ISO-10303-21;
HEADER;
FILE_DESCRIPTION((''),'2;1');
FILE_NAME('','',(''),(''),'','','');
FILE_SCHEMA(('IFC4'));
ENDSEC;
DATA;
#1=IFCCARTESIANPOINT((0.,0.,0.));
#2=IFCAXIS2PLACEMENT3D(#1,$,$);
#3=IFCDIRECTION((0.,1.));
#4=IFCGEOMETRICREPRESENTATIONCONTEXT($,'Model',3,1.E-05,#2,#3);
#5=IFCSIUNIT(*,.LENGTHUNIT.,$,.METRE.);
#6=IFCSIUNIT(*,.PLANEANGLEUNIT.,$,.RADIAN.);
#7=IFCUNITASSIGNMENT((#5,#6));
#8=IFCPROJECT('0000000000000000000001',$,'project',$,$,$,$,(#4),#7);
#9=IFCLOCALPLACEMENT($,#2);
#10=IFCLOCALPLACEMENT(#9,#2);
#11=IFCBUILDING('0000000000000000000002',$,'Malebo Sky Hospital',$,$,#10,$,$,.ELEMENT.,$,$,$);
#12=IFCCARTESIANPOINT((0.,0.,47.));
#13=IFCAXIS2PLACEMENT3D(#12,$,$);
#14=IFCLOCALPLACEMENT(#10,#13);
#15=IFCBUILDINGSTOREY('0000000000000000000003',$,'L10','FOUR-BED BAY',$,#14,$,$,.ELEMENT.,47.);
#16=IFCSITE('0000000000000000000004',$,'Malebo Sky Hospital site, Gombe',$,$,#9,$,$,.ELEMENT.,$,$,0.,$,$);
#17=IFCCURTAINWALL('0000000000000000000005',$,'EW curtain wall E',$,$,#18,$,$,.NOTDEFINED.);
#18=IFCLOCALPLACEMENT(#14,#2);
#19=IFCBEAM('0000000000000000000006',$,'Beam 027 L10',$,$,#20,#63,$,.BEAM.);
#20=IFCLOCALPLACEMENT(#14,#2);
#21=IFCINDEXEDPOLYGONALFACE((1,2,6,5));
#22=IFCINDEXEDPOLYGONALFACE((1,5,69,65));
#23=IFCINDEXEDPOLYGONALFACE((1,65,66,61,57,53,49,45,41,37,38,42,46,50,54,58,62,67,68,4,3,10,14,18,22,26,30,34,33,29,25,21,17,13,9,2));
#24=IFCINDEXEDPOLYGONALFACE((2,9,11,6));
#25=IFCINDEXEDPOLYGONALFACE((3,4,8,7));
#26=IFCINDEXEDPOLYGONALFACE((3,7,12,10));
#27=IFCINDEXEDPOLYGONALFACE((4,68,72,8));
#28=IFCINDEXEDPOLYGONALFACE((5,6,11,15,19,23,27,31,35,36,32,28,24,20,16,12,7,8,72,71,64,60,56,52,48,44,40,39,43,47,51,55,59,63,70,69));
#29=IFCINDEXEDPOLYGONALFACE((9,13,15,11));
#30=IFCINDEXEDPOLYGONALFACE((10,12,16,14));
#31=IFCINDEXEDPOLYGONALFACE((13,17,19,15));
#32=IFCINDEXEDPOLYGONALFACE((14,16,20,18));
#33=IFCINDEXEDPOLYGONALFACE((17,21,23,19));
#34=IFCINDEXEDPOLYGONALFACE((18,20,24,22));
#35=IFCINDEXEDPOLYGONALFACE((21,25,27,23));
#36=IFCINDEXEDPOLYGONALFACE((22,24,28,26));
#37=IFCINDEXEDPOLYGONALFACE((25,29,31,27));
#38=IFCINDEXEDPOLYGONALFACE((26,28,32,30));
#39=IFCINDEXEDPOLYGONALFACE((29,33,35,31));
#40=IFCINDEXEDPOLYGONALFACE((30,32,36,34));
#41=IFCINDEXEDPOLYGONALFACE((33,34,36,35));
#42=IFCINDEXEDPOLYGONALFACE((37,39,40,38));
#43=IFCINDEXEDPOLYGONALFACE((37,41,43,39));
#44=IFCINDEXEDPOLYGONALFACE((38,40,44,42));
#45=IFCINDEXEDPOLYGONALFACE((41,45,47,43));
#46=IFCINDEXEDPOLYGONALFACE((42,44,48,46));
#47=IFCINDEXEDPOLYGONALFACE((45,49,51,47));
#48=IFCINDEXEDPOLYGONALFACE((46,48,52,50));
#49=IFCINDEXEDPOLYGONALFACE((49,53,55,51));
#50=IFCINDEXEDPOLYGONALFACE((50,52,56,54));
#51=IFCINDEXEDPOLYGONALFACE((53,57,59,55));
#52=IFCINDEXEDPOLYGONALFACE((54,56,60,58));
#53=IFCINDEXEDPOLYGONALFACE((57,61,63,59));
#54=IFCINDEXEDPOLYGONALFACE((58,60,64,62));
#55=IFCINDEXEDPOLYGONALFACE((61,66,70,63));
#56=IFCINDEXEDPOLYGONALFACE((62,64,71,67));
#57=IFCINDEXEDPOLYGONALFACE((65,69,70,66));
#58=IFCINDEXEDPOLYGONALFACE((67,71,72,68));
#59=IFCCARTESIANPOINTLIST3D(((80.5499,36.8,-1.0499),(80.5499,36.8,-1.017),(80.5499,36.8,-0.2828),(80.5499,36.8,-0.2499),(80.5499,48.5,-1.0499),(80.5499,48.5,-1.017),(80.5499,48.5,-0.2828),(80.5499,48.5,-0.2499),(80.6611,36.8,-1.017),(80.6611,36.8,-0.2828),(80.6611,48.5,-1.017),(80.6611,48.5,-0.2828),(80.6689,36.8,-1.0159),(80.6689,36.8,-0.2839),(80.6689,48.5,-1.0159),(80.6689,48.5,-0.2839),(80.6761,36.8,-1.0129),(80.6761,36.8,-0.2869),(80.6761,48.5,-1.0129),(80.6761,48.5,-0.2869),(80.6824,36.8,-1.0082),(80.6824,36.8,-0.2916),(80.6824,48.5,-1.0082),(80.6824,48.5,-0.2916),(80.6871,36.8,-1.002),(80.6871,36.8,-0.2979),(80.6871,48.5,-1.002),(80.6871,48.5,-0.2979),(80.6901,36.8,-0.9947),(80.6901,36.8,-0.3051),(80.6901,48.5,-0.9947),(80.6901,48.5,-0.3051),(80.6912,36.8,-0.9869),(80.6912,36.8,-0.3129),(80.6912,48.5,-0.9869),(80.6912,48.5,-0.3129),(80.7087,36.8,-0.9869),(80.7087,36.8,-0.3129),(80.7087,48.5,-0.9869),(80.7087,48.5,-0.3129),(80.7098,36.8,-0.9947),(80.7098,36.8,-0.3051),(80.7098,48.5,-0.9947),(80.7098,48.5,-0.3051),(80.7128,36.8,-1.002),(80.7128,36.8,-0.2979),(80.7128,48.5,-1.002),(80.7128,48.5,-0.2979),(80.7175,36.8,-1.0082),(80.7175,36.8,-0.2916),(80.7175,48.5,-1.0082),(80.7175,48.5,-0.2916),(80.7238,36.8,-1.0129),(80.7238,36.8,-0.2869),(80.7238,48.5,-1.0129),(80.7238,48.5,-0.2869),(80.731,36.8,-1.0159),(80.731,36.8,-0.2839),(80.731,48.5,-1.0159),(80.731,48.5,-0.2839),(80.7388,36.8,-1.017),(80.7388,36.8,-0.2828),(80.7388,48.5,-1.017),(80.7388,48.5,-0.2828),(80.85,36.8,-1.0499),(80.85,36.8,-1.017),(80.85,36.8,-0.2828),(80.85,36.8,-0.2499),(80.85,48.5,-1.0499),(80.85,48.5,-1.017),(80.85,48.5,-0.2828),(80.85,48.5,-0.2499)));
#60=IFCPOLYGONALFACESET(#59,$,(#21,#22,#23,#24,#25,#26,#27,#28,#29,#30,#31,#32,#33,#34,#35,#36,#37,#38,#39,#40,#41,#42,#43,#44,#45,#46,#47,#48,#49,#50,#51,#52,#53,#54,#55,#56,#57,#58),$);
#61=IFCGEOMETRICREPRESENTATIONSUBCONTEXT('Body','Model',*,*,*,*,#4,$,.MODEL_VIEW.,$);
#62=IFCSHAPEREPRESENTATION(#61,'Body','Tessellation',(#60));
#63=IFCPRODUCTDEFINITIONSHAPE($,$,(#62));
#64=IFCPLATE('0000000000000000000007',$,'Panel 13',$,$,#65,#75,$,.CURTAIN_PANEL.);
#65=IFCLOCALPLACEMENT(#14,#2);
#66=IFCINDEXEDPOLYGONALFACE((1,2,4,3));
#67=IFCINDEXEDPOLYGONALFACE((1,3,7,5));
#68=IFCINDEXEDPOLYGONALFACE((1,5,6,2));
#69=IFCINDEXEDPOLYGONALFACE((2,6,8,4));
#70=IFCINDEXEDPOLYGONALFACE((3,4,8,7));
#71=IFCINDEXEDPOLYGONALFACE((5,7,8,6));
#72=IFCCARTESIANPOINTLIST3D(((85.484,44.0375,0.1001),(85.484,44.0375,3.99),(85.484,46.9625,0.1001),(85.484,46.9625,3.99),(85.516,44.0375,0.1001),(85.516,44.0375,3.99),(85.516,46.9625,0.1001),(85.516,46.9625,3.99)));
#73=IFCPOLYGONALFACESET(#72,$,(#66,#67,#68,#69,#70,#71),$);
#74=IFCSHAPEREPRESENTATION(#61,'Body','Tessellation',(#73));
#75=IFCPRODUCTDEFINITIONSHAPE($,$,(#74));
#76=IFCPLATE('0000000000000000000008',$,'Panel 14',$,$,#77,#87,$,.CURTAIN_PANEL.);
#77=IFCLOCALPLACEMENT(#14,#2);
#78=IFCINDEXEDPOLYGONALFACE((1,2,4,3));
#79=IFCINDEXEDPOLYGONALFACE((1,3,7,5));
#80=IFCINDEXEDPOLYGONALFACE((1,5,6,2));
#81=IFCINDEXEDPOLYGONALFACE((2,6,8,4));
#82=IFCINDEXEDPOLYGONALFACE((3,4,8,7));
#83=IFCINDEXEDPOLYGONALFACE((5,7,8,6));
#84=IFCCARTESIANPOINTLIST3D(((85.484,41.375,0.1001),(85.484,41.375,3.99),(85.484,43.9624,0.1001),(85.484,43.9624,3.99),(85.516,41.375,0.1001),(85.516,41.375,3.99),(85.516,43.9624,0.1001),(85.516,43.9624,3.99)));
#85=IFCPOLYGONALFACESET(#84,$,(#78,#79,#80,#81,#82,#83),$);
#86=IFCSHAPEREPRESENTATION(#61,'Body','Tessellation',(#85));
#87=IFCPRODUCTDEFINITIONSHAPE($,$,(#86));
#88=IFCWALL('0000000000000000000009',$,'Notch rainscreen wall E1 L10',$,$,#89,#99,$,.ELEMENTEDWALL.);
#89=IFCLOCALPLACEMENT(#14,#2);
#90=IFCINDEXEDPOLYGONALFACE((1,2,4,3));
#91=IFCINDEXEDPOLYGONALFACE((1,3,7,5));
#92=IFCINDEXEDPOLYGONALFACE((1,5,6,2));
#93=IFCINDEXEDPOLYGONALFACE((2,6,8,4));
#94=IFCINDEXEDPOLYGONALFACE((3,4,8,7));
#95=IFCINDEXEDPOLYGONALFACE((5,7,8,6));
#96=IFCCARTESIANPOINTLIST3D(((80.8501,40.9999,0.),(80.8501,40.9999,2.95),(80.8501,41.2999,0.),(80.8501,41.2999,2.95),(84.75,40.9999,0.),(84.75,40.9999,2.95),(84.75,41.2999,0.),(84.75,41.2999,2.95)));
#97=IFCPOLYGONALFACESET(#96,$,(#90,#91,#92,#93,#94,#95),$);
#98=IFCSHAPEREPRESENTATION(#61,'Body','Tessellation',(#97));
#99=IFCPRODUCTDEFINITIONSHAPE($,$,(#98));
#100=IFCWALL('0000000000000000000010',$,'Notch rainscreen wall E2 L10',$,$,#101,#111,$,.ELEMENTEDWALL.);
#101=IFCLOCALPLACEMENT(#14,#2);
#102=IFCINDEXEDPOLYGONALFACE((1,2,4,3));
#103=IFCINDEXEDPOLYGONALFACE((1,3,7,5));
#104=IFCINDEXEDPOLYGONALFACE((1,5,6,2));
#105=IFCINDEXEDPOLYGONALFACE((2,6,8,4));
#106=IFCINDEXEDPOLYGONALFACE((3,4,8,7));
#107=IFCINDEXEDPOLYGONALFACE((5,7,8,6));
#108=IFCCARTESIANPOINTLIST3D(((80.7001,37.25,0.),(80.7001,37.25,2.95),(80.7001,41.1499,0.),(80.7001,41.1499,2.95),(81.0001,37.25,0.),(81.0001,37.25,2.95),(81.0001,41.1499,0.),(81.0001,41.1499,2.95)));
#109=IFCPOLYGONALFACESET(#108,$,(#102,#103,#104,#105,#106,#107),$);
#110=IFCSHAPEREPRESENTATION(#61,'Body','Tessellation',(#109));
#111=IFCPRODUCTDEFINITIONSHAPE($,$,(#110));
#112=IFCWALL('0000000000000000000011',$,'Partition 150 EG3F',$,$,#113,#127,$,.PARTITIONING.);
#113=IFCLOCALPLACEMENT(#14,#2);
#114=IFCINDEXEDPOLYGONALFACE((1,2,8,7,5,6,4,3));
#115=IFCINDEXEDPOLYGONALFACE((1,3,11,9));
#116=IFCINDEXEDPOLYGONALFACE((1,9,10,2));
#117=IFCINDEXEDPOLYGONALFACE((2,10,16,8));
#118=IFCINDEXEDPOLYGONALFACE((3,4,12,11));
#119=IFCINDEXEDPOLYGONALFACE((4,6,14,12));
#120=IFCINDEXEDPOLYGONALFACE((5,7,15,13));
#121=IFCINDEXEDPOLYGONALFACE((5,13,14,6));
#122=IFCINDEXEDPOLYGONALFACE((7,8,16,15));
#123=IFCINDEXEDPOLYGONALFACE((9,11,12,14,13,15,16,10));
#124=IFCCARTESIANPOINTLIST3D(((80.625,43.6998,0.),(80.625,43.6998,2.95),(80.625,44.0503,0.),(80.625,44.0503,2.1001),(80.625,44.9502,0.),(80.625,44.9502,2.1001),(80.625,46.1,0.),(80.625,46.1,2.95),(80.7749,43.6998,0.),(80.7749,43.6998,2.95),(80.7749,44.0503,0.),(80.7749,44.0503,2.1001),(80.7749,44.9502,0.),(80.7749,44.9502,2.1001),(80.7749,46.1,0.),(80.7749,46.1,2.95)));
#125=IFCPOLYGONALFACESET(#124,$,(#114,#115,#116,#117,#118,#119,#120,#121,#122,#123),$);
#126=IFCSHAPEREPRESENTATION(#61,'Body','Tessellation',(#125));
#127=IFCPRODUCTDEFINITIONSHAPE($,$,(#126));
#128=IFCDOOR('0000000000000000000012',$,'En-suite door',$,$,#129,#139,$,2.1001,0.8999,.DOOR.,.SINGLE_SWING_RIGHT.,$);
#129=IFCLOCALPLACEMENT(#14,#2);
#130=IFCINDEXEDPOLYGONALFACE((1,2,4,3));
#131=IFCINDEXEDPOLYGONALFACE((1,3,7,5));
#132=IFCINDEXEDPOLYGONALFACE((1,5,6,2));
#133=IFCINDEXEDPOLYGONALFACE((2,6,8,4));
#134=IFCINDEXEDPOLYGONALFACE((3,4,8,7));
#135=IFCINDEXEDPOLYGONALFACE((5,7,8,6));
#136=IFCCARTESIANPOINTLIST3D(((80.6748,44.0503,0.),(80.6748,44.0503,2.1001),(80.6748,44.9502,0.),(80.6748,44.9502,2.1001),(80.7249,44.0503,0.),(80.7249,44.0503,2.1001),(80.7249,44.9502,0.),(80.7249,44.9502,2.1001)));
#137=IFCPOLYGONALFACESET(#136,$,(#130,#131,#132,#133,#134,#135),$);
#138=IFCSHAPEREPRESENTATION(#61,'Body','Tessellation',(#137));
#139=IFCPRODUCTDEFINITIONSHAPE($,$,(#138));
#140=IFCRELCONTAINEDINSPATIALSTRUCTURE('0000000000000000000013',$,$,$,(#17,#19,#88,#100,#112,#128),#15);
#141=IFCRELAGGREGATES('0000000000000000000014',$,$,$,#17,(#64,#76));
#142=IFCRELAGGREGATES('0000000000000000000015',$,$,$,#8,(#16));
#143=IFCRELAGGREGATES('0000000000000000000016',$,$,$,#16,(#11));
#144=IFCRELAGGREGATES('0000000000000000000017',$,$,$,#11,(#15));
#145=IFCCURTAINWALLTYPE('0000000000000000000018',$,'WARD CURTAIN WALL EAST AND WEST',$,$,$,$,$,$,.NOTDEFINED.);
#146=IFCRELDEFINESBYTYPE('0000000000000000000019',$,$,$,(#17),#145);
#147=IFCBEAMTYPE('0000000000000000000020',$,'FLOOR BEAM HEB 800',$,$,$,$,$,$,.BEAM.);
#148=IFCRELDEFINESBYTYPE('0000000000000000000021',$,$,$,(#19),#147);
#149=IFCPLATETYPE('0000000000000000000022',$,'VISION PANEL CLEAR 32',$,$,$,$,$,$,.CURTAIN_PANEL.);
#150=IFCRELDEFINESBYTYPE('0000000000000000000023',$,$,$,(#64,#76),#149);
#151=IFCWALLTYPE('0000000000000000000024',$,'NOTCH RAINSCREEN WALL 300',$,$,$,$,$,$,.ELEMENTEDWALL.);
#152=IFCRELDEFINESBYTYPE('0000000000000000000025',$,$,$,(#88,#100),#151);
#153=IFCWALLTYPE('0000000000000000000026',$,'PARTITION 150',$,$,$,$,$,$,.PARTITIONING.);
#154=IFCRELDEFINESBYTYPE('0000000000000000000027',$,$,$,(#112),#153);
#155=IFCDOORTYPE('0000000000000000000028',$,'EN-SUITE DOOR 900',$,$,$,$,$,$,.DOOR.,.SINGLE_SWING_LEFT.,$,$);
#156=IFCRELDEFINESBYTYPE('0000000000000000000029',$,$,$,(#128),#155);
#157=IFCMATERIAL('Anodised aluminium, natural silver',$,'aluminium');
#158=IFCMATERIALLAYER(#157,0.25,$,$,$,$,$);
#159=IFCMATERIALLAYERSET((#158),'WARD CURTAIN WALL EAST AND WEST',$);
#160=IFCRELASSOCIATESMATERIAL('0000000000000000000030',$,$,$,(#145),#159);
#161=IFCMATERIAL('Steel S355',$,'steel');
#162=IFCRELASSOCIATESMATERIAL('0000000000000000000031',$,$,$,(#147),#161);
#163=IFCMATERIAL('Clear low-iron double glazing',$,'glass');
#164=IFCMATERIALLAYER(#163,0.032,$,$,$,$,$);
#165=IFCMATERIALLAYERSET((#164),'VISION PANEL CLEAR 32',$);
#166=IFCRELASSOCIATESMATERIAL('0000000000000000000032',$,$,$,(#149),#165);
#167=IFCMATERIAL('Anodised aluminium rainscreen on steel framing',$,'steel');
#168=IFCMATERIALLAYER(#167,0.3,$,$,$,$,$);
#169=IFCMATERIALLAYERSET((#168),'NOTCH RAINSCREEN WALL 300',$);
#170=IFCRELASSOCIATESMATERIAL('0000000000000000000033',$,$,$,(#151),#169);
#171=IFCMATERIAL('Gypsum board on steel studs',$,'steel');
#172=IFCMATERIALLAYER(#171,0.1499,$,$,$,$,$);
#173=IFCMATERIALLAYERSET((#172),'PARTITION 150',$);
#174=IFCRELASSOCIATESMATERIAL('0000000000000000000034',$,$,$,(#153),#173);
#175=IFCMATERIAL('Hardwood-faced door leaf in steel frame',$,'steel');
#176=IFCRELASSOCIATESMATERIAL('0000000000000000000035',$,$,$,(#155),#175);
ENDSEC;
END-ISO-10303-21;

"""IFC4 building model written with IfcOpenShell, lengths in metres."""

from ifc_helpers import new_model, si_unit, direction, frame, frame_2d, origin, origin_2d, place, context, subcontext, project, spatial, rectangle, i_section, extrude, material, layer, layer_set, material_profile, profile_set, type_object, element, fill, aggregate, save


model = new_model("IFC4")

# Units and contexts
model_context = context("Model", 3, precision=1e-05, world=origin(), true_north=direction((0.0, 1.0)))
body_context = subcontext(model_context, "Body", "Model", "MODEL_VIEW")
ifc_project = project(units=[si_unit("LENGTHUNIT", "METRE"), si_unit("PLANEANGLEUNIT", "RADIAN")], contexts=[model_context])

# Site, building, storey
site_placement = place(None, origin())
site = spatial("IfcSite", under=ifc_project, at=site_placement, Name="Malebo Sky Hospital site, Gombe", CompositionType="ELEMENT", RefElevation=0.0)
building_placement = place(site_placement, origin())
building = spatial("IfcBuilding", under=site, at=building_placement, Name="Malebo Sky Hospital", CompositionType="ELEMENT")
storey_placement = place(building_placement, frame((0.0, 0.0, 47.0)))
storey = spatial("IfcBuildingStorey", under=building, at=storey_placement, Name="L10", Description="FOUR-BED BAY", CompositionType="ELEMENT", Elevation=47.0)

# Curtain wall
ifc_material_1 = material(Name="Anodised aluminium, natural silver", Category="aluminium")
ifc_layer_1 = layer(ifc_material_1, 0.25)
ifc_layer_set_1 = layer_set([ifc_layer_1], Name="WARD CURTAIN WALL EAST AND WEST")
curtain_wall_type_1 = type_object("IfcCurtainWallType", Name="WARD CURTAIN WALL EAST AND WEST", PredefinedType="NOTDEFINED", material=ifc_layer_set_1)
curtain_wall_1_placement = place(storey_placement, origin())
curtain_wall_1 = element("IfcCurtainWall", 1, at=curtain_wall_1_placement, inside=storey, type_object=curtain_wall_type_1, Name="EW curtain wall E", PredefinedType="NOTDEFINED")

# Beam
ifc_material_2 = material(Name="Steel S355", Category="steel")
ifc_material_profile_1 = material_profile(ifc_material_2, i_section(OverallWidth=0.3, OverallDepth=0.8, WebThickness=0.0176, FlangeThickness=0.033, FilletRadius=0.03, at=origin_2d()), Name="HEB 800")
ifc_profile_set_1 = profile_set([ifc_material_profile_1], Name="Steel S355")
beam_type_1 = type_object("IfcBeamType", Name="FLOOR BEAM HEB 800", PredefinedType="BEAM", material=ifc_profile_set_1)
beam_1_placement = place(storey_placement, frame((80.7, 36.8, -0.6499), z_axis=(0.0, 1.0, 0.0), x_axis=(-1.0, 0.0, 0.0)))
element("IfcBeam", 2, at=beam_1_placement, inside=storey, type_object=beam_type_1, Name="Beam 027 L10", PredefinedType="BEAM", context=body_context, shape_type="SweptSolid", body=[
    extrude(i_section(OverallWidth=0.3, OverallDepth=0.8, WebThickness=0.0176, FlangeThickness=0.033, FilletRadius=0.03, at=origin_2d()), origin(), (0.0, 0.0, 1.0), 11.7),
])

# Plates
ifc_material_3 = material(Name="Clear low-iron double glazing", Category="glass")
ifc_layer_2 = layer(ifc_material_3, 0.032)
ifc_layer_set_2 = layer_set([ifc_layer_2], Name="VISION PANEL CLEAR 32")
plate_type = type_object("IfcPlateType", Name="VISION PANEL CLEAR 32", PredefinedType="CURTAIN_PANEL", material=ifc_layer_set_2)
plate_1_placement = place(storey_placement, frame((85.5, 45.5, 0.1001), z_axis=(0.0, 0.0, 1.0), x_axis=(0.0, -1.0, 0.0)))
plate_1 = element("IfcPlate", 3, at=plate_1_placement, type_object=plate_type, Name="Panel 13", PredefinedType="CURTAIN_PANEL", context=body_context, shape_type="SweptSolid", body=[
    extrude(rectangle(XDim=2.925, YDim=0.032, at=origin_2d()), origin(), (0.0, 0.0, 1.0), 3.8899),
])
plate_2_placement = place(storey_placement, frame((85.5, 42.6687, 0.1001), z_axis=(0.0, 0.0, 1.0), x_axis=(0.0, -1.0, 0.0)))
plate_2 = element("IfcPlate", 4, at=plate_2_placement, type_object=plate_type, Name="Panel 14", PredefinedType="CURTAIN_PANEL", context=body_context, shape_type="SweptSolid", body=[
    extrude(rectangle(XDim=2.5874, YDim=0.032, at=origin_2d()), origin(), (0.0, 0.0, 1.0), 3.8899),
])
aggregate(curtain_wall_1, [plate_1, plate_2])

# Walls
ifc_material_4 = material(Name="Anodised aluminium rainscreen on steel framing", Category="steel")
ifc_layer_3 = layer(ifc_material_4, 0.3)
ifc_layer_set_3 = layer_set([ifc_layer_3], Name="NOTCH RAINSCREEN WALL 300")
wall_type_1 = type_object("IfcWallType", Name="NOTCH RAINSCREEN WALL 300", PredefinedType="ELEMENTEDWALL", material=ifc_layer_set_3)
for number, where, z_axis, x_axis, name in (
    (5, (84.75, 41.1499, 0.0), (0.0, 0.0, 1.0), (-1.0, 0.0, 0.0), "Notch rainscreen wall E1 L10"),
    (6, (80.8501, 41.1499, 0.0), (0.0, 0.0, 1.0), (0.0, -1.0, 0.0), "Notch rainscreen wall E2 L10"),
):
    element("IfcWall", number, at=place(storey_placement, frame(where, z_axis=z_axis, x_axis=x_axis)), inside=storey, type_object=wall_type_1, Name=name, PredefinedType="ELEMENTEDWALL", context=body_context, shape_type="SweptSolid", body=[
        extrude(rectangle(XDim=3.8999, YDim=0.3, at=frame_2d((1.95, 0.0))), origin(), (0.0, 0.0, 1.0), 2.95),
    ])

# Wall, opening, door
ifc_material_5 = material(Name="Gypsum board on steel studs", Category="steel")
ifc_layer_4 = layer(ifc_material_5, 0.1499)
ifc_layer_set_4 = layer_set([ifc_layer_4], Name="PARTITION 150")
wall_type_2 = type_object("IfcWallType", Name="PARTITION 150", PredefinedType="PARTITIONING", material=ifc_layer_set_4)
wall_placement = place(storey_placement, frame((80.7, 46.1001, 0.0), z_axis=(0.0, 0.0, 1.0), x_axis=(0.0, -1.0, 0.0)))
wall = element("IfcWall", 7, at=wall_placement, inside=storey, type_object=wall_type_2, Name="Partition 150 EG3F", PredefinedType="PARTITIONING", context=body_context, shape_type="SweptSolid", body=[
    extrude(rectangle(XDim=2.4001, YDim=0.1499, at=frame_2d((1.2002, 0.0))), origin(), (0.0, 0.0, 1.0), 2.95),
])
opening_placement = place(wall_placement, frame((1.1499, 0.0, 0.0)))
opening = element("IfcOpeningElement", 8, at=opening_placement, cuts=wall, PredefinedType="OPENING", context=body_context, shape_type="SweptSolid", body=[
    extrude(rectangle(XDim=0.8999, YDim=2.1001, at=frame_2d((0.45, 1.05))), frame((0.0, 0.085, 0.0), z_axis=(0.0, -1.0, 0.0), x_axis=(1.0, 0.0, 0.0)), (0.0, 0.0, 1.0), 0.1699),
])
ifc_material_6 = material(Name="Hardwood-faced door leaf in steel frame", Category="steel")
door_type = type_object("IfcDoorType", Name="EN-SUITE DOOR 900", OperationType="SINGLE_SWING_LEFT", PredefinedType="DOOR", material=ifc_material_6)
door_placement = place(opening_placement, origin())
door = element("IfcDoor", 9, at=door_placement, inside=storey, type_object=door_type, Name="En-suite door", OperationType="SINGLE_SWING_RIGHT", OverallHeight=2.1001, OverallWidth=0.8999, PredefinedType="DOOR", context=body_context, shape_type="SweptSolid", body=[
    extrude(rectangle(XDim=0.8999, YDim=2.1001, at=frame_2d((0.45, 1.05))), frame((0.0, 0.0249, 0.0), z_axis=(0.0, -1.0, 0.0), x_axis=(1.0, 0.0, 0.0)), (0.0, 0.0, 1.0), 0.05),
])
fill(opening, door)

save(model, "model.ifc")
